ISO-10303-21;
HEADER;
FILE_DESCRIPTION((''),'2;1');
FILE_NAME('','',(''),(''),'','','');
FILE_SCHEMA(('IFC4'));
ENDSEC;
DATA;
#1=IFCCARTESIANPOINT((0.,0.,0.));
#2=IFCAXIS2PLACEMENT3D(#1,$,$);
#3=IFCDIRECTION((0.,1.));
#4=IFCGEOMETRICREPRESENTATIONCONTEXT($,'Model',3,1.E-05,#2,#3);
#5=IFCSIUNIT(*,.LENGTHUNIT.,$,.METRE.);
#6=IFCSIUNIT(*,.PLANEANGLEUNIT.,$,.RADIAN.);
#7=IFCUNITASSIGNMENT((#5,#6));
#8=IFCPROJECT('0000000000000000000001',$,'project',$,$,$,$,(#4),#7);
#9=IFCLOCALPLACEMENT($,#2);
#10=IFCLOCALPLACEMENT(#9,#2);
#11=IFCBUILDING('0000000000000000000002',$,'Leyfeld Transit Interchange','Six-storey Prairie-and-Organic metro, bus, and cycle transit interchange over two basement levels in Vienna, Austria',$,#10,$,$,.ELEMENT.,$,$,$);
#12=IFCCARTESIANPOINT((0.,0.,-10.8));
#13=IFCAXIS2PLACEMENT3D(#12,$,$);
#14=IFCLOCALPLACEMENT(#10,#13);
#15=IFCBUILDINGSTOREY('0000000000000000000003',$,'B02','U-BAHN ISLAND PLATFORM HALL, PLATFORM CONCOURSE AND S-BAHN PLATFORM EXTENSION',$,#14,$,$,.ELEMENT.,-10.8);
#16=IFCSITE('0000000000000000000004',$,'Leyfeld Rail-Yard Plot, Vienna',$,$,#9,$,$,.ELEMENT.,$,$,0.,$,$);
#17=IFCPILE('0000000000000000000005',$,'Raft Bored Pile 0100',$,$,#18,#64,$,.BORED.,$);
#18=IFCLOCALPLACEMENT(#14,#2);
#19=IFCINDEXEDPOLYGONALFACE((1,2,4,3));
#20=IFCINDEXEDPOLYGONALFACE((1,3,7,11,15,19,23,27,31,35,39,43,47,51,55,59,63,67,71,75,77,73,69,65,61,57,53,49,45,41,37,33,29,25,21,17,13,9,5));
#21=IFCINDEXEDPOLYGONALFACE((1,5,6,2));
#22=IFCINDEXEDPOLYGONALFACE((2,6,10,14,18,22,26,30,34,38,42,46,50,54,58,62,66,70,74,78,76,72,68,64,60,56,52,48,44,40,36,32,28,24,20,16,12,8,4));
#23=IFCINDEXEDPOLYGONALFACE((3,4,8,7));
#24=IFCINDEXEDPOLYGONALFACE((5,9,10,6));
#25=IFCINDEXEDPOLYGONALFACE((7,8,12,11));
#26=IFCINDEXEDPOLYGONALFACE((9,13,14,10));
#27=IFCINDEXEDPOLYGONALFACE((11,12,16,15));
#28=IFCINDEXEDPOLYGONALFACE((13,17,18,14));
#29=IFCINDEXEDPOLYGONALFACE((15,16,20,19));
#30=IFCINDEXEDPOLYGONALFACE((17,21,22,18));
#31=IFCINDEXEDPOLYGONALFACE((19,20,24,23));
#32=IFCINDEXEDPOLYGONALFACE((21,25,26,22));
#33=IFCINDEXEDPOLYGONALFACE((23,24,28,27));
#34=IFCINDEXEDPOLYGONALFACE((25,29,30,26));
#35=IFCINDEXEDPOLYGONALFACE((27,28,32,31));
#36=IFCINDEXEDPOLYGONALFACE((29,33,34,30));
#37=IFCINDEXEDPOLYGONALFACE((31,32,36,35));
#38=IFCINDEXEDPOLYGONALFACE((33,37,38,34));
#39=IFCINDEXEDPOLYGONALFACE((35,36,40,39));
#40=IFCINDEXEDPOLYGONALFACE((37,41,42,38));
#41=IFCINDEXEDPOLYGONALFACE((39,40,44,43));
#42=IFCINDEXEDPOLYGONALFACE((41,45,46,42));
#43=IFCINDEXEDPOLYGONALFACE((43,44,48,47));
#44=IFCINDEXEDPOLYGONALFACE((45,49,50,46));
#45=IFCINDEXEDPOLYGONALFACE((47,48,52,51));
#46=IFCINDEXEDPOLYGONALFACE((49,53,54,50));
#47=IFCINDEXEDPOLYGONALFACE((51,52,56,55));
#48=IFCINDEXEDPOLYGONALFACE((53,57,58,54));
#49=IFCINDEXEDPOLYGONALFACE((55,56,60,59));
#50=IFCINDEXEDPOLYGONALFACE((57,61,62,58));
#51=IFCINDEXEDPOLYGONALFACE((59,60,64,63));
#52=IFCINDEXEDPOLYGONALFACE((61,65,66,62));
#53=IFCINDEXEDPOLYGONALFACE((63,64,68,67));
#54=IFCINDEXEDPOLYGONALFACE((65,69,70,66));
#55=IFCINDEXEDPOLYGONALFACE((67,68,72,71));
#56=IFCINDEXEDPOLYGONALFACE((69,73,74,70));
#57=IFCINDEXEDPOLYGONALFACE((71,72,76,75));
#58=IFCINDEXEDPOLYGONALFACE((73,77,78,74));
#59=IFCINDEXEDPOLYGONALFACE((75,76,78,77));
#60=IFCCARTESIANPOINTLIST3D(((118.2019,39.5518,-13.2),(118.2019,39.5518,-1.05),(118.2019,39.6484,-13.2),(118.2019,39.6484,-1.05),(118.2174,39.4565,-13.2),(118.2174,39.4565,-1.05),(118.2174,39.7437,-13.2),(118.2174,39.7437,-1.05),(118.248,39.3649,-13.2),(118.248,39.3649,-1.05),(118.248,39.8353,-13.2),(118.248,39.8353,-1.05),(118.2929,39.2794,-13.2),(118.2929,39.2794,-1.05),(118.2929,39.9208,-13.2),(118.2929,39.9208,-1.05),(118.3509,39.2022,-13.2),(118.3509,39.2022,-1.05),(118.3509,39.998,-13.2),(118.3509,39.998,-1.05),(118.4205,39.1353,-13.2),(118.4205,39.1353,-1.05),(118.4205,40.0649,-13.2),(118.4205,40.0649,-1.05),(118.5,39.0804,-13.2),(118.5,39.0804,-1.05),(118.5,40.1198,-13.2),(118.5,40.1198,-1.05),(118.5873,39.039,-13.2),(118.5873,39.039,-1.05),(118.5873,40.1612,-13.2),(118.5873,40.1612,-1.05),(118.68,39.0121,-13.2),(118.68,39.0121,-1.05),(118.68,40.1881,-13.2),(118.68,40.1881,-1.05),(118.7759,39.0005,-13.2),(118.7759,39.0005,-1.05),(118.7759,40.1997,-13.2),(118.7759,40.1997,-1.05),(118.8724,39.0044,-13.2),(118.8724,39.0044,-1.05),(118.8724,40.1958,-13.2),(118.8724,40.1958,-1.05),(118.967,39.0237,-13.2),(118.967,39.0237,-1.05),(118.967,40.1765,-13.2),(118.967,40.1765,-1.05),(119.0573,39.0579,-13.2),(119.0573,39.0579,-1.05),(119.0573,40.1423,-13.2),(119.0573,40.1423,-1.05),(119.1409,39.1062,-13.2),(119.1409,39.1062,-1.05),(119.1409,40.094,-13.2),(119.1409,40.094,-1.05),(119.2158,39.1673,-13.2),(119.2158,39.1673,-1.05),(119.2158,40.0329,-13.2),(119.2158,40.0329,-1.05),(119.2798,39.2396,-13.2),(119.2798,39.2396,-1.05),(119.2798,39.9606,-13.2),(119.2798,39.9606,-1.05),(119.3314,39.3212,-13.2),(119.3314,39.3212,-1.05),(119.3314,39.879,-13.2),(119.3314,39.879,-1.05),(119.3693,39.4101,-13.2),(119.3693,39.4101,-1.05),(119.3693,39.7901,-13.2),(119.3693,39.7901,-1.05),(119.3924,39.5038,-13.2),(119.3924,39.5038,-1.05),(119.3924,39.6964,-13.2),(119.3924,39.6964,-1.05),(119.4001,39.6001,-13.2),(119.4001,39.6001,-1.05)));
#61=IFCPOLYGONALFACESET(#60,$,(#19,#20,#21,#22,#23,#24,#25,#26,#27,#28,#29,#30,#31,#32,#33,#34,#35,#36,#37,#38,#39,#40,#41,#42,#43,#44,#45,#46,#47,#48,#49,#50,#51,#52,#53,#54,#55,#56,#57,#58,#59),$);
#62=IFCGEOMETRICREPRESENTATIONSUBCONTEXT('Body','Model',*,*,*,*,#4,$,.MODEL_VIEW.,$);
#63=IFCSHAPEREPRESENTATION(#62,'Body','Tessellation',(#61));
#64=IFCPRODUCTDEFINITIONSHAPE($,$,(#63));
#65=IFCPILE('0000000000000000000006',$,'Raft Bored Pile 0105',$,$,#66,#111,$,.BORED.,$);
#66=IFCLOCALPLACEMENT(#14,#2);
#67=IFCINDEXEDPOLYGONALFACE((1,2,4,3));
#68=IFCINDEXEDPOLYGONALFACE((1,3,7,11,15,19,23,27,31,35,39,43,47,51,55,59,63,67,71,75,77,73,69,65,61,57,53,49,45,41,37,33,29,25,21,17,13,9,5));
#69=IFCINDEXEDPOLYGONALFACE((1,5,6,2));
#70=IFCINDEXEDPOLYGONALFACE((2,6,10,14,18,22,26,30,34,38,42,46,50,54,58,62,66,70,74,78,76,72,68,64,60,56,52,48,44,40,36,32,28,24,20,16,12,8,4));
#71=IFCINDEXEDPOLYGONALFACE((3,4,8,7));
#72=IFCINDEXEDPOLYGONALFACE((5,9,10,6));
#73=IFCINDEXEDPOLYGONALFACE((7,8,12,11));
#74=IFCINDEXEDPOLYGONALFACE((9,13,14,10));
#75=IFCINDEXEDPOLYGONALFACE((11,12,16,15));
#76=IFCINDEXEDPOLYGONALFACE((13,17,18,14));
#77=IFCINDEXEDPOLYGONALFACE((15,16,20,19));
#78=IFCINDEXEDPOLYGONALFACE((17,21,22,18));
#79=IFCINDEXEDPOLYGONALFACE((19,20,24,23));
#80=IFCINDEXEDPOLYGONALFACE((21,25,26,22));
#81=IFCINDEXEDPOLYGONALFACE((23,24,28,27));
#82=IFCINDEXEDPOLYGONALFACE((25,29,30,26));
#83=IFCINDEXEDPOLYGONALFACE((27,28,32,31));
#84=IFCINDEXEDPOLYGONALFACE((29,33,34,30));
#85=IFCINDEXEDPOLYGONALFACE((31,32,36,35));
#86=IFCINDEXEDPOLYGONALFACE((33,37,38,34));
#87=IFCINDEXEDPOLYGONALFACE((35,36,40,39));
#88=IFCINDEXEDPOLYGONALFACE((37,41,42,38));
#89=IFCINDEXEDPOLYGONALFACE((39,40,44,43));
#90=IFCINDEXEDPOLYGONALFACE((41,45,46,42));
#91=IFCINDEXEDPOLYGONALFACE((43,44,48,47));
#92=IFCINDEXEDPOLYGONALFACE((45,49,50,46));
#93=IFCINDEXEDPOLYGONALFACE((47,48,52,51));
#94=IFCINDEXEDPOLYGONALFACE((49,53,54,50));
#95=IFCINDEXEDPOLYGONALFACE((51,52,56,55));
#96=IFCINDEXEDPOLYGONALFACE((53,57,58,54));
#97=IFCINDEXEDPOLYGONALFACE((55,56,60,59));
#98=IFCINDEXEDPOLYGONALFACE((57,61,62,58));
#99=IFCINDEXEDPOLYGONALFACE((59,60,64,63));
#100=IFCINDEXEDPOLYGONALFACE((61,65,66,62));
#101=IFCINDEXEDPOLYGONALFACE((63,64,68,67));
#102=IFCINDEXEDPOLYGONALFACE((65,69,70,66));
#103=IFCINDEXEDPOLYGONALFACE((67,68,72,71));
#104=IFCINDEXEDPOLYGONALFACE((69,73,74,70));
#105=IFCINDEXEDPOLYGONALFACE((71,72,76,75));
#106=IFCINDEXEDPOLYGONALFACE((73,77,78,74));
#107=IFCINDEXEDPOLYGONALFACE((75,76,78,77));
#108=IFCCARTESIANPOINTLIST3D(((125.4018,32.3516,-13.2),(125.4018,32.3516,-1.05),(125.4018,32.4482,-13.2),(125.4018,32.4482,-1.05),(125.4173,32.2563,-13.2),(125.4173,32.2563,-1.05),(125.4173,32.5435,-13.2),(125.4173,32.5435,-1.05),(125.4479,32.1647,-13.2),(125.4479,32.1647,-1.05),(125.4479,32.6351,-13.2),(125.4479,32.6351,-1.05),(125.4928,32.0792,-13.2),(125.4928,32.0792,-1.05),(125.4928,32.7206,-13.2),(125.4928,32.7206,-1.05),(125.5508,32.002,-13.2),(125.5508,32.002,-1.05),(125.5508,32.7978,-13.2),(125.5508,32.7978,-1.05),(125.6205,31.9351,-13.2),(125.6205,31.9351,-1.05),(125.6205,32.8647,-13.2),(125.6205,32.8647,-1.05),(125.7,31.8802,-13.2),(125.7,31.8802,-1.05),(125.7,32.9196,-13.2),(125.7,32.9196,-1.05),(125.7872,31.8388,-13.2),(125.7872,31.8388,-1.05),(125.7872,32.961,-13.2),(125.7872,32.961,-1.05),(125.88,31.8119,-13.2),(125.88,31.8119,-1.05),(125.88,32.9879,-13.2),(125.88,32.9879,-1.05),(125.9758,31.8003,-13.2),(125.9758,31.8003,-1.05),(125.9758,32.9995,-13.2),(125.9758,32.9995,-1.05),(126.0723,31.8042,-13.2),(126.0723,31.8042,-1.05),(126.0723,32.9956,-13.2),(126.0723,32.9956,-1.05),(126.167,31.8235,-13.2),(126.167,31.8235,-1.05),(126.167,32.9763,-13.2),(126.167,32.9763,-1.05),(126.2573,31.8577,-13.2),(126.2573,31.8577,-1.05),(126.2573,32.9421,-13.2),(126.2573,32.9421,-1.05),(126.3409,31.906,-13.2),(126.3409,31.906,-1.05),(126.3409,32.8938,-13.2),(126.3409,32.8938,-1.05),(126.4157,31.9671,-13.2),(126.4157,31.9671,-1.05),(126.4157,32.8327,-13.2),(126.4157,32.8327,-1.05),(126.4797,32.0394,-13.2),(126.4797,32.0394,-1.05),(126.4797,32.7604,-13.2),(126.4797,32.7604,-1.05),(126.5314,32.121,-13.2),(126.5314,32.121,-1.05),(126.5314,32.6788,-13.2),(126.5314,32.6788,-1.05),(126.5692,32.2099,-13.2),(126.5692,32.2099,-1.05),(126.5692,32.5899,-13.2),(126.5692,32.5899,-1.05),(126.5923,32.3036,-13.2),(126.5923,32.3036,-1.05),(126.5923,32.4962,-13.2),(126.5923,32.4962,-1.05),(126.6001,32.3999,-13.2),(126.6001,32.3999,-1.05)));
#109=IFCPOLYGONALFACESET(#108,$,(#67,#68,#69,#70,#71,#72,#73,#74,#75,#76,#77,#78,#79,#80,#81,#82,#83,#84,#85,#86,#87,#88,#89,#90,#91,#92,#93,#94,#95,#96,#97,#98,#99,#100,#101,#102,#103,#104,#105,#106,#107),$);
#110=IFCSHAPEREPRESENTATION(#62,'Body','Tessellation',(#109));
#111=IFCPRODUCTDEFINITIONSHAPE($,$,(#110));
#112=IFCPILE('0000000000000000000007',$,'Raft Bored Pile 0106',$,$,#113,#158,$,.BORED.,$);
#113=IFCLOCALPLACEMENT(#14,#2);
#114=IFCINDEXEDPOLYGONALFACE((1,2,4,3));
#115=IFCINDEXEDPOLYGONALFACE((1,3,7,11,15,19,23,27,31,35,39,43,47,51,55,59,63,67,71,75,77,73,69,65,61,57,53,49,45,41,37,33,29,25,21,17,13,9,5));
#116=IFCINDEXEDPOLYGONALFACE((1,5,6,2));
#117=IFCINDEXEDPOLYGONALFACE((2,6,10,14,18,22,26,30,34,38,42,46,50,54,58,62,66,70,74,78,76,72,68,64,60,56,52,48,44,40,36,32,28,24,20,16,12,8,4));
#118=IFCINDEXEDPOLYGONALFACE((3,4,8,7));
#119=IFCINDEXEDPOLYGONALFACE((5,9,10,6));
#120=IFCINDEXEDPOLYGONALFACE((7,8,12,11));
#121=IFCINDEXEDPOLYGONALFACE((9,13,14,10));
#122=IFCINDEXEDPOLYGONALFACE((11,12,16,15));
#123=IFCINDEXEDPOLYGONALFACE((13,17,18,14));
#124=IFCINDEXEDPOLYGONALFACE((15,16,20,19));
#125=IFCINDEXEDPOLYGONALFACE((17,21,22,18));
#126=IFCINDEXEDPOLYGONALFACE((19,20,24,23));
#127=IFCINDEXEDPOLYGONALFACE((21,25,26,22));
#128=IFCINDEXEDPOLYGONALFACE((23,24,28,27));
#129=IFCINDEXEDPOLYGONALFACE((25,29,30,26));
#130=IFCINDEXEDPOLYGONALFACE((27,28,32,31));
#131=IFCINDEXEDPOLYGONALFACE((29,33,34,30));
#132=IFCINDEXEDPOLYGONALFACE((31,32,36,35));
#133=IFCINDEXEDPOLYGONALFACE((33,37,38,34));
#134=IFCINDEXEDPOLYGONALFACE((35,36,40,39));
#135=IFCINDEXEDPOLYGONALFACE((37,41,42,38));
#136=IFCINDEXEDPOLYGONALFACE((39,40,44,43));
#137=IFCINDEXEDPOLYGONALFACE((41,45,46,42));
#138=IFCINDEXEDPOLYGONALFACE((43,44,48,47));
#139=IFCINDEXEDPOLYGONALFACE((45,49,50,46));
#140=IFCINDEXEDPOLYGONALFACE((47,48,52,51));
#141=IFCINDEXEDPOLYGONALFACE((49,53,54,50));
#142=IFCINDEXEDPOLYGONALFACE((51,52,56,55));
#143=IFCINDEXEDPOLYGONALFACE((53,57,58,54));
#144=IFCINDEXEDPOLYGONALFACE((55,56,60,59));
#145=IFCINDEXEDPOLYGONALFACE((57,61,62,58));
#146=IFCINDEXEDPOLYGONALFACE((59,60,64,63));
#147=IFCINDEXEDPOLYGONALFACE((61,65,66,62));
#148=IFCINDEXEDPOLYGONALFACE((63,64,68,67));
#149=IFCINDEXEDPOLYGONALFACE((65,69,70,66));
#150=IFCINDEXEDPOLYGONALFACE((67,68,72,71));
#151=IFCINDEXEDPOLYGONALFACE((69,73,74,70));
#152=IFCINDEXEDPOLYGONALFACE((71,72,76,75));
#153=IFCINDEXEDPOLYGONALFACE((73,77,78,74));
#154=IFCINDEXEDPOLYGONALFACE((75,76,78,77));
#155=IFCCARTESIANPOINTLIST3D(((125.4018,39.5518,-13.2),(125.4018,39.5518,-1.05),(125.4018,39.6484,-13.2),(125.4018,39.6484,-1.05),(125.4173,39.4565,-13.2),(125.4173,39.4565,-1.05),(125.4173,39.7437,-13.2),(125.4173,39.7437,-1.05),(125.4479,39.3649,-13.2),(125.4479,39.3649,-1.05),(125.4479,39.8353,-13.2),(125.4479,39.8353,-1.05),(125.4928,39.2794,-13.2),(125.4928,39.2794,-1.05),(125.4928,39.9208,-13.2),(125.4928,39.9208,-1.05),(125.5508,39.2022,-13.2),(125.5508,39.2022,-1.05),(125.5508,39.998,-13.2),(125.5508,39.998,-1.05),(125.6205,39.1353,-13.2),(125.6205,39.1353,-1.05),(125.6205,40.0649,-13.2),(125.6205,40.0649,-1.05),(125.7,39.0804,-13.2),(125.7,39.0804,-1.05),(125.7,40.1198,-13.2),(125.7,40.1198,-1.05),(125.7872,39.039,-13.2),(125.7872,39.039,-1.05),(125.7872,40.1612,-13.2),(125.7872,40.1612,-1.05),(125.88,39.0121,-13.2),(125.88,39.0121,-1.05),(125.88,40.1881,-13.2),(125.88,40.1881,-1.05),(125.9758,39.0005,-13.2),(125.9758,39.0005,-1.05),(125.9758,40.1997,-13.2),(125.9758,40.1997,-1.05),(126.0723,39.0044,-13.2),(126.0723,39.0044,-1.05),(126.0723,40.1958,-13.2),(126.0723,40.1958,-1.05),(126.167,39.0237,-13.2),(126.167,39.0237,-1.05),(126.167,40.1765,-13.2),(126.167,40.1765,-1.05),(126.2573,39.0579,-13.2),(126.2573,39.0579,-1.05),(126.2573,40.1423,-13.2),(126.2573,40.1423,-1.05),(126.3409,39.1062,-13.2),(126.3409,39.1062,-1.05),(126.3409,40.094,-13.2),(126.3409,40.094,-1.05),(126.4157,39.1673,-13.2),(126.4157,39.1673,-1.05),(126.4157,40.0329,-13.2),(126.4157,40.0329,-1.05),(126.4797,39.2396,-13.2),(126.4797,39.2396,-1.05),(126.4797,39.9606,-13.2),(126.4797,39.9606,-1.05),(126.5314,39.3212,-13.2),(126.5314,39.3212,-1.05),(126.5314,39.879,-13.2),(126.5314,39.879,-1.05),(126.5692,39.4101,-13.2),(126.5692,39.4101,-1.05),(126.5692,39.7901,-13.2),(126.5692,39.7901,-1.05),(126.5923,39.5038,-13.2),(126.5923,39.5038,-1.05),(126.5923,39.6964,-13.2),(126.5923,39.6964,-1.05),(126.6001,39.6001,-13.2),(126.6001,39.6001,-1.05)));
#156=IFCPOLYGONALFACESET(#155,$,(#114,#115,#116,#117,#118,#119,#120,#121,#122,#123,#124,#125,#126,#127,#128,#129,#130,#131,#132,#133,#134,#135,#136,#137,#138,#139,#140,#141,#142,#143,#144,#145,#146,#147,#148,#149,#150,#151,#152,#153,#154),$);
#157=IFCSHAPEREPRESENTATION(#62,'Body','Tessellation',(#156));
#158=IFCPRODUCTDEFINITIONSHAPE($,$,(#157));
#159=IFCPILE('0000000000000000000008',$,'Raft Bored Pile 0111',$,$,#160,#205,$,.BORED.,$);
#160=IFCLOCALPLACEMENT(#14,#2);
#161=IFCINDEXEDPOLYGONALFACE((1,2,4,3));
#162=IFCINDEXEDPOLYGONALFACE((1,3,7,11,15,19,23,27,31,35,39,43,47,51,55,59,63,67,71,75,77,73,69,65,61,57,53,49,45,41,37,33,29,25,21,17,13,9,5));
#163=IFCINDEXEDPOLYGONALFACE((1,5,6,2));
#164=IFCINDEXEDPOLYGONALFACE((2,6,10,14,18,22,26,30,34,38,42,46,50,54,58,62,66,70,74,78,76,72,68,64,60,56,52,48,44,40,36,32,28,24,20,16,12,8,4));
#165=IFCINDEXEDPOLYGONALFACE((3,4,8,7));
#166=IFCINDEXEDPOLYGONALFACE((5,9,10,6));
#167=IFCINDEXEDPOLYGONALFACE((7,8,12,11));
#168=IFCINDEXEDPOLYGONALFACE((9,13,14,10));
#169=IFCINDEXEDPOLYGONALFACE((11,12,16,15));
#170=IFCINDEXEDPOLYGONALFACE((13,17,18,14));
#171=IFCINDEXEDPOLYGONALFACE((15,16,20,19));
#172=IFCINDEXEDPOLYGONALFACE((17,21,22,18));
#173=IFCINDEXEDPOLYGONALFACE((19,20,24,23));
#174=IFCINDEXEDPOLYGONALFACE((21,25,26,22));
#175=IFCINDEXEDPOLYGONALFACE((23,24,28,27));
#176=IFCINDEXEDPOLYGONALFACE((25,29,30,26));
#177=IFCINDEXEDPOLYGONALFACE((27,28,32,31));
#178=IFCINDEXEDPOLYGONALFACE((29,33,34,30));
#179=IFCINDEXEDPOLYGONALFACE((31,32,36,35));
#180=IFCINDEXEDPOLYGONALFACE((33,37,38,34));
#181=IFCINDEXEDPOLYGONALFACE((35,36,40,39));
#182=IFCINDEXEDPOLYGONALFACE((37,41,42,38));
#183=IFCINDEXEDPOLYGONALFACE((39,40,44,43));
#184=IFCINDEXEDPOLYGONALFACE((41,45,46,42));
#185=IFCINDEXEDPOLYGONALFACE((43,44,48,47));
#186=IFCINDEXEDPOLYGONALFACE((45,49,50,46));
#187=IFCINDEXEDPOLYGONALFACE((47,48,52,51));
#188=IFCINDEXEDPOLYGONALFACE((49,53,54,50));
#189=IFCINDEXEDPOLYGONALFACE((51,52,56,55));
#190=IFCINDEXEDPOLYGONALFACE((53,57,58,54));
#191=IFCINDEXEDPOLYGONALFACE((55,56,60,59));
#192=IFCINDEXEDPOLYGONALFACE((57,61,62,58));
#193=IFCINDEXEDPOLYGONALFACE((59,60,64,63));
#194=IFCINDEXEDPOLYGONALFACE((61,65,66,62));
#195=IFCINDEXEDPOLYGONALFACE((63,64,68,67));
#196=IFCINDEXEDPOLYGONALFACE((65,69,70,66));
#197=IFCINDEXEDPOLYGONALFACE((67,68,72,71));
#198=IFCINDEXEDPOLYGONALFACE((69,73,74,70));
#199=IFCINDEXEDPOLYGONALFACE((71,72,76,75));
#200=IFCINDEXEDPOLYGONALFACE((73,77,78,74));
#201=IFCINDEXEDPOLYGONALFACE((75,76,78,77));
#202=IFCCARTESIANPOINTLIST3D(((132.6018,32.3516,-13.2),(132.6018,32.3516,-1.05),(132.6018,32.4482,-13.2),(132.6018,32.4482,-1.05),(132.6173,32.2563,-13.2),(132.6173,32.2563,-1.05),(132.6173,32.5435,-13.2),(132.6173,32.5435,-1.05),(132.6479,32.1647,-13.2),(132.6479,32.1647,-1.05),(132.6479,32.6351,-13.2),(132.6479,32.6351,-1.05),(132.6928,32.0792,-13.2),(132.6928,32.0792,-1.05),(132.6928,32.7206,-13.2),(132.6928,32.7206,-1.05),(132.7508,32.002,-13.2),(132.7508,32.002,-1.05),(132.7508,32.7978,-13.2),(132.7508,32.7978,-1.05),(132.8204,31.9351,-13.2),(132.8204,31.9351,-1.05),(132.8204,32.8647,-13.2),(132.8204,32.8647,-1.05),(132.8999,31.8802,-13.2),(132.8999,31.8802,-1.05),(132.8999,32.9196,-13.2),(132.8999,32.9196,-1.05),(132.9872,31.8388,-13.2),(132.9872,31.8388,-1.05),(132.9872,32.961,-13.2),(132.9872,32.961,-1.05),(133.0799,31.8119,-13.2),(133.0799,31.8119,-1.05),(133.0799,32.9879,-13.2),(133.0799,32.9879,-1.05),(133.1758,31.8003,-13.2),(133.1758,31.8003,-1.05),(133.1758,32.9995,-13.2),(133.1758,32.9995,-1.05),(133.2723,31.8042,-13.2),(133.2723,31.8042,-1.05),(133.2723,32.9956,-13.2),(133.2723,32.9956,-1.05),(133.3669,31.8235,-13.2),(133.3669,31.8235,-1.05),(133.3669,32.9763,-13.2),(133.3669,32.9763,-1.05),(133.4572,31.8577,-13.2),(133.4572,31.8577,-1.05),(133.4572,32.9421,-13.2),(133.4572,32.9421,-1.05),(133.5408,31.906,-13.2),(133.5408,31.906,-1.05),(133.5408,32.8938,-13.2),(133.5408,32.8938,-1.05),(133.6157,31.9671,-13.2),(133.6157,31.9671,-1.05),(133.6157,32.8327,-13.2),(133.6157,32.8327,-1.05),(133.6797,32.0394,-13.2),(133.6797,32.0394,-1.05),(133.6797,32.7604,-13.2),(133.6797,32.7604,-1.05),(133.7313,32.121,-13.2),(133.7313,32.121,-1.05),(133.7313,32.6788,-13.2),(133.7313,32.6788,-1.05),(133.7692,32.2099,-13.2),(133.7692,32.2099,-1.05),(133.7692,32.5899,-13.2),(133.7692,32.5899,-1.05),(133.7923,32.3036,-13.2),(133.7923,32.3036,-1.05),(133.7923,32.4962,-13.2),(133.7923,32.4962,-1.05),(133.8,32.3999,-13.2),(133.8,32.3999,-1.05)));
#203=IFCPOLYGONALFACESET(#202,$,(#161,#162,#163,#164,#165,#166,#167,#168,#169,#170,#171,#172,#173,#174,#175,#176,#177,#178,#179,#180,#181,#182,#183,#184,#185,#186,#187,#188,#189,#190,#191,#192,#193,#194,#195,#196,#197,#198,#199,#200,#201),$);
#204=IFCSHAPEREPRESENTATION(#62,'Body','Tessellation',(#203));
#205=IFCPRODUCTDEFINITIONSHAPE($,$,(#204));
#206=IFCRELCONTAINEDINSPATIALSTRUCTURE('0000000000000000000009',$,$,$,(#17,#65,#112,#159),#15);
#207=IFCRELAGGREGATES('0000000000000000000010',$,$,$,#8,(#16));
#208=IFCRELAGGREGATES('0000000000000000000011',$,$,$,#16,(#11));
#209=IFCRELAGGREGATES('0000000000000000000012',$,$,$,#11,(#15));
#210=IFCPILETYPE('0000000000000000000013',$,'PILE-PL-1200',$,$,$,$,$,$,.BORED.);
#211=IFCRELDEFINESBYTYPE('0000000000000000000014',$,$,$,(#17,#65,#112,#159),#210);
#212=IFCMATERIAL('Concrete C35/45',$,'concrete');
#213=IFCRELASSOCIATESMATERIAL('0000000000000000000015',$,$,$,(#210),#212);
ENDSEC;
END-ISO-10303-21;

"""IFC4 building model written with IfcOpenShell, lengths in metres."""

from ifc_helpers import new_model, si_unit, direction, frame, origin, origin_2d, place, context, subcontext, project, spatial, circle, extrude, material, material_profile, profile_set, type_object, element, save


model = new_model("IFC4")

# Units and contexts
model_context = context("Model", 3, precision=1e-05, world=origin(), true_north=direction((0.0, 1.0)))
body_context = subcontext(model_context, "Body", "Model", "MODEL_VIEW")
ifc_project = project(units=[si_unit("LENGTHUNIT", "METRE"), si_unit("PLANEANGLEUNIT", "RADIAN")], contexts=[model_context])

# Site, building, storey
site_placement = place(None, origin())
site = spatial("IfcSite", under=ifc_project, at=site_placement, Name="Leyfeld Rail-Yard Plot, Vienna", CompositionType="ELEMENT", RefElevation=0.0)
building_placement = place(site_placement, origin())
building = spatial("IfcBuilding", under=site, at=building_placement, Name="Leyfeld Transit Interchange", Description="Six-storey Prairie-and-Organic metro, bus, and cycle transit interchange over two basement levels in Vienna, Austria", CompositionType="ELEMENT")
storey_placement = place(building_placement, frame((0.0, 0.0, -10.8)))
storey = spatial("IfcBuildingStorey", under=building, at=storey_placement, Name="B02", Description="U-BAHN ISLAND PLATFORM HALL, PLATFORM CONCOURSE AND S-BAHN PLATFORM EXTENSION", CompositionType="ELEMENT", Elevation=-10.8)

# Piles
ifc_material = material(Name="Concrete C35/45", Category="concrete")
ifc_material_profile_1 = material_profile(ifc_material, circle(Radius=0.6001, at=origin_2d()), Name="PILE D1200")
ifc_profile_set_1 = profile_set([ifc_material_profile_1], Name="Concrete C35/45")
pile_type = type_object("IfcPileType", Name="PILE-PL-1200", PredefinedType="BORED", material=ifc_profile_set_1)
for number, where, z_axis, x_axis, name in (
    (1, (118.8, 39.6001, -1.05), (0.0, 0.0, -1.0), (1.0, 0.0, 0.0), "Raft Bored Pile 0100"),
    (2, (126.0, 32.3999, -1.05), (0.0, 0.0, -1.0), (1.0, 0.0, 0.0), "Raft Bored Pile 0105"),
    (3, (126.0, 39.6001, -1.05), (0.0, 0.0, -1.0), (1.0, 0.0, 0.0), "Raft Bored Pile 0106"),
    (4, (133.2, 32.3999, -1.05), (0.0, 0.0, -1.0), (1.0, 0.0, 0.0), "Raft Bored Pile 0111"),
):
    element("IfcPile", number, at=place(storey_placement, frame(where, z_axis=z_axis, x_axis=x_axis)), inside=storey, type_object=pile_type, Name=name, PredefinedType="BORED", context=body_context, shape_type="SweptSolid", body=[
        extrude(circle(Radius=0.6001, at=origin_2d()), origin(), (0.0, 0.0, 1.0), 12.1499),
    ])

save(model, "model.ifc")
